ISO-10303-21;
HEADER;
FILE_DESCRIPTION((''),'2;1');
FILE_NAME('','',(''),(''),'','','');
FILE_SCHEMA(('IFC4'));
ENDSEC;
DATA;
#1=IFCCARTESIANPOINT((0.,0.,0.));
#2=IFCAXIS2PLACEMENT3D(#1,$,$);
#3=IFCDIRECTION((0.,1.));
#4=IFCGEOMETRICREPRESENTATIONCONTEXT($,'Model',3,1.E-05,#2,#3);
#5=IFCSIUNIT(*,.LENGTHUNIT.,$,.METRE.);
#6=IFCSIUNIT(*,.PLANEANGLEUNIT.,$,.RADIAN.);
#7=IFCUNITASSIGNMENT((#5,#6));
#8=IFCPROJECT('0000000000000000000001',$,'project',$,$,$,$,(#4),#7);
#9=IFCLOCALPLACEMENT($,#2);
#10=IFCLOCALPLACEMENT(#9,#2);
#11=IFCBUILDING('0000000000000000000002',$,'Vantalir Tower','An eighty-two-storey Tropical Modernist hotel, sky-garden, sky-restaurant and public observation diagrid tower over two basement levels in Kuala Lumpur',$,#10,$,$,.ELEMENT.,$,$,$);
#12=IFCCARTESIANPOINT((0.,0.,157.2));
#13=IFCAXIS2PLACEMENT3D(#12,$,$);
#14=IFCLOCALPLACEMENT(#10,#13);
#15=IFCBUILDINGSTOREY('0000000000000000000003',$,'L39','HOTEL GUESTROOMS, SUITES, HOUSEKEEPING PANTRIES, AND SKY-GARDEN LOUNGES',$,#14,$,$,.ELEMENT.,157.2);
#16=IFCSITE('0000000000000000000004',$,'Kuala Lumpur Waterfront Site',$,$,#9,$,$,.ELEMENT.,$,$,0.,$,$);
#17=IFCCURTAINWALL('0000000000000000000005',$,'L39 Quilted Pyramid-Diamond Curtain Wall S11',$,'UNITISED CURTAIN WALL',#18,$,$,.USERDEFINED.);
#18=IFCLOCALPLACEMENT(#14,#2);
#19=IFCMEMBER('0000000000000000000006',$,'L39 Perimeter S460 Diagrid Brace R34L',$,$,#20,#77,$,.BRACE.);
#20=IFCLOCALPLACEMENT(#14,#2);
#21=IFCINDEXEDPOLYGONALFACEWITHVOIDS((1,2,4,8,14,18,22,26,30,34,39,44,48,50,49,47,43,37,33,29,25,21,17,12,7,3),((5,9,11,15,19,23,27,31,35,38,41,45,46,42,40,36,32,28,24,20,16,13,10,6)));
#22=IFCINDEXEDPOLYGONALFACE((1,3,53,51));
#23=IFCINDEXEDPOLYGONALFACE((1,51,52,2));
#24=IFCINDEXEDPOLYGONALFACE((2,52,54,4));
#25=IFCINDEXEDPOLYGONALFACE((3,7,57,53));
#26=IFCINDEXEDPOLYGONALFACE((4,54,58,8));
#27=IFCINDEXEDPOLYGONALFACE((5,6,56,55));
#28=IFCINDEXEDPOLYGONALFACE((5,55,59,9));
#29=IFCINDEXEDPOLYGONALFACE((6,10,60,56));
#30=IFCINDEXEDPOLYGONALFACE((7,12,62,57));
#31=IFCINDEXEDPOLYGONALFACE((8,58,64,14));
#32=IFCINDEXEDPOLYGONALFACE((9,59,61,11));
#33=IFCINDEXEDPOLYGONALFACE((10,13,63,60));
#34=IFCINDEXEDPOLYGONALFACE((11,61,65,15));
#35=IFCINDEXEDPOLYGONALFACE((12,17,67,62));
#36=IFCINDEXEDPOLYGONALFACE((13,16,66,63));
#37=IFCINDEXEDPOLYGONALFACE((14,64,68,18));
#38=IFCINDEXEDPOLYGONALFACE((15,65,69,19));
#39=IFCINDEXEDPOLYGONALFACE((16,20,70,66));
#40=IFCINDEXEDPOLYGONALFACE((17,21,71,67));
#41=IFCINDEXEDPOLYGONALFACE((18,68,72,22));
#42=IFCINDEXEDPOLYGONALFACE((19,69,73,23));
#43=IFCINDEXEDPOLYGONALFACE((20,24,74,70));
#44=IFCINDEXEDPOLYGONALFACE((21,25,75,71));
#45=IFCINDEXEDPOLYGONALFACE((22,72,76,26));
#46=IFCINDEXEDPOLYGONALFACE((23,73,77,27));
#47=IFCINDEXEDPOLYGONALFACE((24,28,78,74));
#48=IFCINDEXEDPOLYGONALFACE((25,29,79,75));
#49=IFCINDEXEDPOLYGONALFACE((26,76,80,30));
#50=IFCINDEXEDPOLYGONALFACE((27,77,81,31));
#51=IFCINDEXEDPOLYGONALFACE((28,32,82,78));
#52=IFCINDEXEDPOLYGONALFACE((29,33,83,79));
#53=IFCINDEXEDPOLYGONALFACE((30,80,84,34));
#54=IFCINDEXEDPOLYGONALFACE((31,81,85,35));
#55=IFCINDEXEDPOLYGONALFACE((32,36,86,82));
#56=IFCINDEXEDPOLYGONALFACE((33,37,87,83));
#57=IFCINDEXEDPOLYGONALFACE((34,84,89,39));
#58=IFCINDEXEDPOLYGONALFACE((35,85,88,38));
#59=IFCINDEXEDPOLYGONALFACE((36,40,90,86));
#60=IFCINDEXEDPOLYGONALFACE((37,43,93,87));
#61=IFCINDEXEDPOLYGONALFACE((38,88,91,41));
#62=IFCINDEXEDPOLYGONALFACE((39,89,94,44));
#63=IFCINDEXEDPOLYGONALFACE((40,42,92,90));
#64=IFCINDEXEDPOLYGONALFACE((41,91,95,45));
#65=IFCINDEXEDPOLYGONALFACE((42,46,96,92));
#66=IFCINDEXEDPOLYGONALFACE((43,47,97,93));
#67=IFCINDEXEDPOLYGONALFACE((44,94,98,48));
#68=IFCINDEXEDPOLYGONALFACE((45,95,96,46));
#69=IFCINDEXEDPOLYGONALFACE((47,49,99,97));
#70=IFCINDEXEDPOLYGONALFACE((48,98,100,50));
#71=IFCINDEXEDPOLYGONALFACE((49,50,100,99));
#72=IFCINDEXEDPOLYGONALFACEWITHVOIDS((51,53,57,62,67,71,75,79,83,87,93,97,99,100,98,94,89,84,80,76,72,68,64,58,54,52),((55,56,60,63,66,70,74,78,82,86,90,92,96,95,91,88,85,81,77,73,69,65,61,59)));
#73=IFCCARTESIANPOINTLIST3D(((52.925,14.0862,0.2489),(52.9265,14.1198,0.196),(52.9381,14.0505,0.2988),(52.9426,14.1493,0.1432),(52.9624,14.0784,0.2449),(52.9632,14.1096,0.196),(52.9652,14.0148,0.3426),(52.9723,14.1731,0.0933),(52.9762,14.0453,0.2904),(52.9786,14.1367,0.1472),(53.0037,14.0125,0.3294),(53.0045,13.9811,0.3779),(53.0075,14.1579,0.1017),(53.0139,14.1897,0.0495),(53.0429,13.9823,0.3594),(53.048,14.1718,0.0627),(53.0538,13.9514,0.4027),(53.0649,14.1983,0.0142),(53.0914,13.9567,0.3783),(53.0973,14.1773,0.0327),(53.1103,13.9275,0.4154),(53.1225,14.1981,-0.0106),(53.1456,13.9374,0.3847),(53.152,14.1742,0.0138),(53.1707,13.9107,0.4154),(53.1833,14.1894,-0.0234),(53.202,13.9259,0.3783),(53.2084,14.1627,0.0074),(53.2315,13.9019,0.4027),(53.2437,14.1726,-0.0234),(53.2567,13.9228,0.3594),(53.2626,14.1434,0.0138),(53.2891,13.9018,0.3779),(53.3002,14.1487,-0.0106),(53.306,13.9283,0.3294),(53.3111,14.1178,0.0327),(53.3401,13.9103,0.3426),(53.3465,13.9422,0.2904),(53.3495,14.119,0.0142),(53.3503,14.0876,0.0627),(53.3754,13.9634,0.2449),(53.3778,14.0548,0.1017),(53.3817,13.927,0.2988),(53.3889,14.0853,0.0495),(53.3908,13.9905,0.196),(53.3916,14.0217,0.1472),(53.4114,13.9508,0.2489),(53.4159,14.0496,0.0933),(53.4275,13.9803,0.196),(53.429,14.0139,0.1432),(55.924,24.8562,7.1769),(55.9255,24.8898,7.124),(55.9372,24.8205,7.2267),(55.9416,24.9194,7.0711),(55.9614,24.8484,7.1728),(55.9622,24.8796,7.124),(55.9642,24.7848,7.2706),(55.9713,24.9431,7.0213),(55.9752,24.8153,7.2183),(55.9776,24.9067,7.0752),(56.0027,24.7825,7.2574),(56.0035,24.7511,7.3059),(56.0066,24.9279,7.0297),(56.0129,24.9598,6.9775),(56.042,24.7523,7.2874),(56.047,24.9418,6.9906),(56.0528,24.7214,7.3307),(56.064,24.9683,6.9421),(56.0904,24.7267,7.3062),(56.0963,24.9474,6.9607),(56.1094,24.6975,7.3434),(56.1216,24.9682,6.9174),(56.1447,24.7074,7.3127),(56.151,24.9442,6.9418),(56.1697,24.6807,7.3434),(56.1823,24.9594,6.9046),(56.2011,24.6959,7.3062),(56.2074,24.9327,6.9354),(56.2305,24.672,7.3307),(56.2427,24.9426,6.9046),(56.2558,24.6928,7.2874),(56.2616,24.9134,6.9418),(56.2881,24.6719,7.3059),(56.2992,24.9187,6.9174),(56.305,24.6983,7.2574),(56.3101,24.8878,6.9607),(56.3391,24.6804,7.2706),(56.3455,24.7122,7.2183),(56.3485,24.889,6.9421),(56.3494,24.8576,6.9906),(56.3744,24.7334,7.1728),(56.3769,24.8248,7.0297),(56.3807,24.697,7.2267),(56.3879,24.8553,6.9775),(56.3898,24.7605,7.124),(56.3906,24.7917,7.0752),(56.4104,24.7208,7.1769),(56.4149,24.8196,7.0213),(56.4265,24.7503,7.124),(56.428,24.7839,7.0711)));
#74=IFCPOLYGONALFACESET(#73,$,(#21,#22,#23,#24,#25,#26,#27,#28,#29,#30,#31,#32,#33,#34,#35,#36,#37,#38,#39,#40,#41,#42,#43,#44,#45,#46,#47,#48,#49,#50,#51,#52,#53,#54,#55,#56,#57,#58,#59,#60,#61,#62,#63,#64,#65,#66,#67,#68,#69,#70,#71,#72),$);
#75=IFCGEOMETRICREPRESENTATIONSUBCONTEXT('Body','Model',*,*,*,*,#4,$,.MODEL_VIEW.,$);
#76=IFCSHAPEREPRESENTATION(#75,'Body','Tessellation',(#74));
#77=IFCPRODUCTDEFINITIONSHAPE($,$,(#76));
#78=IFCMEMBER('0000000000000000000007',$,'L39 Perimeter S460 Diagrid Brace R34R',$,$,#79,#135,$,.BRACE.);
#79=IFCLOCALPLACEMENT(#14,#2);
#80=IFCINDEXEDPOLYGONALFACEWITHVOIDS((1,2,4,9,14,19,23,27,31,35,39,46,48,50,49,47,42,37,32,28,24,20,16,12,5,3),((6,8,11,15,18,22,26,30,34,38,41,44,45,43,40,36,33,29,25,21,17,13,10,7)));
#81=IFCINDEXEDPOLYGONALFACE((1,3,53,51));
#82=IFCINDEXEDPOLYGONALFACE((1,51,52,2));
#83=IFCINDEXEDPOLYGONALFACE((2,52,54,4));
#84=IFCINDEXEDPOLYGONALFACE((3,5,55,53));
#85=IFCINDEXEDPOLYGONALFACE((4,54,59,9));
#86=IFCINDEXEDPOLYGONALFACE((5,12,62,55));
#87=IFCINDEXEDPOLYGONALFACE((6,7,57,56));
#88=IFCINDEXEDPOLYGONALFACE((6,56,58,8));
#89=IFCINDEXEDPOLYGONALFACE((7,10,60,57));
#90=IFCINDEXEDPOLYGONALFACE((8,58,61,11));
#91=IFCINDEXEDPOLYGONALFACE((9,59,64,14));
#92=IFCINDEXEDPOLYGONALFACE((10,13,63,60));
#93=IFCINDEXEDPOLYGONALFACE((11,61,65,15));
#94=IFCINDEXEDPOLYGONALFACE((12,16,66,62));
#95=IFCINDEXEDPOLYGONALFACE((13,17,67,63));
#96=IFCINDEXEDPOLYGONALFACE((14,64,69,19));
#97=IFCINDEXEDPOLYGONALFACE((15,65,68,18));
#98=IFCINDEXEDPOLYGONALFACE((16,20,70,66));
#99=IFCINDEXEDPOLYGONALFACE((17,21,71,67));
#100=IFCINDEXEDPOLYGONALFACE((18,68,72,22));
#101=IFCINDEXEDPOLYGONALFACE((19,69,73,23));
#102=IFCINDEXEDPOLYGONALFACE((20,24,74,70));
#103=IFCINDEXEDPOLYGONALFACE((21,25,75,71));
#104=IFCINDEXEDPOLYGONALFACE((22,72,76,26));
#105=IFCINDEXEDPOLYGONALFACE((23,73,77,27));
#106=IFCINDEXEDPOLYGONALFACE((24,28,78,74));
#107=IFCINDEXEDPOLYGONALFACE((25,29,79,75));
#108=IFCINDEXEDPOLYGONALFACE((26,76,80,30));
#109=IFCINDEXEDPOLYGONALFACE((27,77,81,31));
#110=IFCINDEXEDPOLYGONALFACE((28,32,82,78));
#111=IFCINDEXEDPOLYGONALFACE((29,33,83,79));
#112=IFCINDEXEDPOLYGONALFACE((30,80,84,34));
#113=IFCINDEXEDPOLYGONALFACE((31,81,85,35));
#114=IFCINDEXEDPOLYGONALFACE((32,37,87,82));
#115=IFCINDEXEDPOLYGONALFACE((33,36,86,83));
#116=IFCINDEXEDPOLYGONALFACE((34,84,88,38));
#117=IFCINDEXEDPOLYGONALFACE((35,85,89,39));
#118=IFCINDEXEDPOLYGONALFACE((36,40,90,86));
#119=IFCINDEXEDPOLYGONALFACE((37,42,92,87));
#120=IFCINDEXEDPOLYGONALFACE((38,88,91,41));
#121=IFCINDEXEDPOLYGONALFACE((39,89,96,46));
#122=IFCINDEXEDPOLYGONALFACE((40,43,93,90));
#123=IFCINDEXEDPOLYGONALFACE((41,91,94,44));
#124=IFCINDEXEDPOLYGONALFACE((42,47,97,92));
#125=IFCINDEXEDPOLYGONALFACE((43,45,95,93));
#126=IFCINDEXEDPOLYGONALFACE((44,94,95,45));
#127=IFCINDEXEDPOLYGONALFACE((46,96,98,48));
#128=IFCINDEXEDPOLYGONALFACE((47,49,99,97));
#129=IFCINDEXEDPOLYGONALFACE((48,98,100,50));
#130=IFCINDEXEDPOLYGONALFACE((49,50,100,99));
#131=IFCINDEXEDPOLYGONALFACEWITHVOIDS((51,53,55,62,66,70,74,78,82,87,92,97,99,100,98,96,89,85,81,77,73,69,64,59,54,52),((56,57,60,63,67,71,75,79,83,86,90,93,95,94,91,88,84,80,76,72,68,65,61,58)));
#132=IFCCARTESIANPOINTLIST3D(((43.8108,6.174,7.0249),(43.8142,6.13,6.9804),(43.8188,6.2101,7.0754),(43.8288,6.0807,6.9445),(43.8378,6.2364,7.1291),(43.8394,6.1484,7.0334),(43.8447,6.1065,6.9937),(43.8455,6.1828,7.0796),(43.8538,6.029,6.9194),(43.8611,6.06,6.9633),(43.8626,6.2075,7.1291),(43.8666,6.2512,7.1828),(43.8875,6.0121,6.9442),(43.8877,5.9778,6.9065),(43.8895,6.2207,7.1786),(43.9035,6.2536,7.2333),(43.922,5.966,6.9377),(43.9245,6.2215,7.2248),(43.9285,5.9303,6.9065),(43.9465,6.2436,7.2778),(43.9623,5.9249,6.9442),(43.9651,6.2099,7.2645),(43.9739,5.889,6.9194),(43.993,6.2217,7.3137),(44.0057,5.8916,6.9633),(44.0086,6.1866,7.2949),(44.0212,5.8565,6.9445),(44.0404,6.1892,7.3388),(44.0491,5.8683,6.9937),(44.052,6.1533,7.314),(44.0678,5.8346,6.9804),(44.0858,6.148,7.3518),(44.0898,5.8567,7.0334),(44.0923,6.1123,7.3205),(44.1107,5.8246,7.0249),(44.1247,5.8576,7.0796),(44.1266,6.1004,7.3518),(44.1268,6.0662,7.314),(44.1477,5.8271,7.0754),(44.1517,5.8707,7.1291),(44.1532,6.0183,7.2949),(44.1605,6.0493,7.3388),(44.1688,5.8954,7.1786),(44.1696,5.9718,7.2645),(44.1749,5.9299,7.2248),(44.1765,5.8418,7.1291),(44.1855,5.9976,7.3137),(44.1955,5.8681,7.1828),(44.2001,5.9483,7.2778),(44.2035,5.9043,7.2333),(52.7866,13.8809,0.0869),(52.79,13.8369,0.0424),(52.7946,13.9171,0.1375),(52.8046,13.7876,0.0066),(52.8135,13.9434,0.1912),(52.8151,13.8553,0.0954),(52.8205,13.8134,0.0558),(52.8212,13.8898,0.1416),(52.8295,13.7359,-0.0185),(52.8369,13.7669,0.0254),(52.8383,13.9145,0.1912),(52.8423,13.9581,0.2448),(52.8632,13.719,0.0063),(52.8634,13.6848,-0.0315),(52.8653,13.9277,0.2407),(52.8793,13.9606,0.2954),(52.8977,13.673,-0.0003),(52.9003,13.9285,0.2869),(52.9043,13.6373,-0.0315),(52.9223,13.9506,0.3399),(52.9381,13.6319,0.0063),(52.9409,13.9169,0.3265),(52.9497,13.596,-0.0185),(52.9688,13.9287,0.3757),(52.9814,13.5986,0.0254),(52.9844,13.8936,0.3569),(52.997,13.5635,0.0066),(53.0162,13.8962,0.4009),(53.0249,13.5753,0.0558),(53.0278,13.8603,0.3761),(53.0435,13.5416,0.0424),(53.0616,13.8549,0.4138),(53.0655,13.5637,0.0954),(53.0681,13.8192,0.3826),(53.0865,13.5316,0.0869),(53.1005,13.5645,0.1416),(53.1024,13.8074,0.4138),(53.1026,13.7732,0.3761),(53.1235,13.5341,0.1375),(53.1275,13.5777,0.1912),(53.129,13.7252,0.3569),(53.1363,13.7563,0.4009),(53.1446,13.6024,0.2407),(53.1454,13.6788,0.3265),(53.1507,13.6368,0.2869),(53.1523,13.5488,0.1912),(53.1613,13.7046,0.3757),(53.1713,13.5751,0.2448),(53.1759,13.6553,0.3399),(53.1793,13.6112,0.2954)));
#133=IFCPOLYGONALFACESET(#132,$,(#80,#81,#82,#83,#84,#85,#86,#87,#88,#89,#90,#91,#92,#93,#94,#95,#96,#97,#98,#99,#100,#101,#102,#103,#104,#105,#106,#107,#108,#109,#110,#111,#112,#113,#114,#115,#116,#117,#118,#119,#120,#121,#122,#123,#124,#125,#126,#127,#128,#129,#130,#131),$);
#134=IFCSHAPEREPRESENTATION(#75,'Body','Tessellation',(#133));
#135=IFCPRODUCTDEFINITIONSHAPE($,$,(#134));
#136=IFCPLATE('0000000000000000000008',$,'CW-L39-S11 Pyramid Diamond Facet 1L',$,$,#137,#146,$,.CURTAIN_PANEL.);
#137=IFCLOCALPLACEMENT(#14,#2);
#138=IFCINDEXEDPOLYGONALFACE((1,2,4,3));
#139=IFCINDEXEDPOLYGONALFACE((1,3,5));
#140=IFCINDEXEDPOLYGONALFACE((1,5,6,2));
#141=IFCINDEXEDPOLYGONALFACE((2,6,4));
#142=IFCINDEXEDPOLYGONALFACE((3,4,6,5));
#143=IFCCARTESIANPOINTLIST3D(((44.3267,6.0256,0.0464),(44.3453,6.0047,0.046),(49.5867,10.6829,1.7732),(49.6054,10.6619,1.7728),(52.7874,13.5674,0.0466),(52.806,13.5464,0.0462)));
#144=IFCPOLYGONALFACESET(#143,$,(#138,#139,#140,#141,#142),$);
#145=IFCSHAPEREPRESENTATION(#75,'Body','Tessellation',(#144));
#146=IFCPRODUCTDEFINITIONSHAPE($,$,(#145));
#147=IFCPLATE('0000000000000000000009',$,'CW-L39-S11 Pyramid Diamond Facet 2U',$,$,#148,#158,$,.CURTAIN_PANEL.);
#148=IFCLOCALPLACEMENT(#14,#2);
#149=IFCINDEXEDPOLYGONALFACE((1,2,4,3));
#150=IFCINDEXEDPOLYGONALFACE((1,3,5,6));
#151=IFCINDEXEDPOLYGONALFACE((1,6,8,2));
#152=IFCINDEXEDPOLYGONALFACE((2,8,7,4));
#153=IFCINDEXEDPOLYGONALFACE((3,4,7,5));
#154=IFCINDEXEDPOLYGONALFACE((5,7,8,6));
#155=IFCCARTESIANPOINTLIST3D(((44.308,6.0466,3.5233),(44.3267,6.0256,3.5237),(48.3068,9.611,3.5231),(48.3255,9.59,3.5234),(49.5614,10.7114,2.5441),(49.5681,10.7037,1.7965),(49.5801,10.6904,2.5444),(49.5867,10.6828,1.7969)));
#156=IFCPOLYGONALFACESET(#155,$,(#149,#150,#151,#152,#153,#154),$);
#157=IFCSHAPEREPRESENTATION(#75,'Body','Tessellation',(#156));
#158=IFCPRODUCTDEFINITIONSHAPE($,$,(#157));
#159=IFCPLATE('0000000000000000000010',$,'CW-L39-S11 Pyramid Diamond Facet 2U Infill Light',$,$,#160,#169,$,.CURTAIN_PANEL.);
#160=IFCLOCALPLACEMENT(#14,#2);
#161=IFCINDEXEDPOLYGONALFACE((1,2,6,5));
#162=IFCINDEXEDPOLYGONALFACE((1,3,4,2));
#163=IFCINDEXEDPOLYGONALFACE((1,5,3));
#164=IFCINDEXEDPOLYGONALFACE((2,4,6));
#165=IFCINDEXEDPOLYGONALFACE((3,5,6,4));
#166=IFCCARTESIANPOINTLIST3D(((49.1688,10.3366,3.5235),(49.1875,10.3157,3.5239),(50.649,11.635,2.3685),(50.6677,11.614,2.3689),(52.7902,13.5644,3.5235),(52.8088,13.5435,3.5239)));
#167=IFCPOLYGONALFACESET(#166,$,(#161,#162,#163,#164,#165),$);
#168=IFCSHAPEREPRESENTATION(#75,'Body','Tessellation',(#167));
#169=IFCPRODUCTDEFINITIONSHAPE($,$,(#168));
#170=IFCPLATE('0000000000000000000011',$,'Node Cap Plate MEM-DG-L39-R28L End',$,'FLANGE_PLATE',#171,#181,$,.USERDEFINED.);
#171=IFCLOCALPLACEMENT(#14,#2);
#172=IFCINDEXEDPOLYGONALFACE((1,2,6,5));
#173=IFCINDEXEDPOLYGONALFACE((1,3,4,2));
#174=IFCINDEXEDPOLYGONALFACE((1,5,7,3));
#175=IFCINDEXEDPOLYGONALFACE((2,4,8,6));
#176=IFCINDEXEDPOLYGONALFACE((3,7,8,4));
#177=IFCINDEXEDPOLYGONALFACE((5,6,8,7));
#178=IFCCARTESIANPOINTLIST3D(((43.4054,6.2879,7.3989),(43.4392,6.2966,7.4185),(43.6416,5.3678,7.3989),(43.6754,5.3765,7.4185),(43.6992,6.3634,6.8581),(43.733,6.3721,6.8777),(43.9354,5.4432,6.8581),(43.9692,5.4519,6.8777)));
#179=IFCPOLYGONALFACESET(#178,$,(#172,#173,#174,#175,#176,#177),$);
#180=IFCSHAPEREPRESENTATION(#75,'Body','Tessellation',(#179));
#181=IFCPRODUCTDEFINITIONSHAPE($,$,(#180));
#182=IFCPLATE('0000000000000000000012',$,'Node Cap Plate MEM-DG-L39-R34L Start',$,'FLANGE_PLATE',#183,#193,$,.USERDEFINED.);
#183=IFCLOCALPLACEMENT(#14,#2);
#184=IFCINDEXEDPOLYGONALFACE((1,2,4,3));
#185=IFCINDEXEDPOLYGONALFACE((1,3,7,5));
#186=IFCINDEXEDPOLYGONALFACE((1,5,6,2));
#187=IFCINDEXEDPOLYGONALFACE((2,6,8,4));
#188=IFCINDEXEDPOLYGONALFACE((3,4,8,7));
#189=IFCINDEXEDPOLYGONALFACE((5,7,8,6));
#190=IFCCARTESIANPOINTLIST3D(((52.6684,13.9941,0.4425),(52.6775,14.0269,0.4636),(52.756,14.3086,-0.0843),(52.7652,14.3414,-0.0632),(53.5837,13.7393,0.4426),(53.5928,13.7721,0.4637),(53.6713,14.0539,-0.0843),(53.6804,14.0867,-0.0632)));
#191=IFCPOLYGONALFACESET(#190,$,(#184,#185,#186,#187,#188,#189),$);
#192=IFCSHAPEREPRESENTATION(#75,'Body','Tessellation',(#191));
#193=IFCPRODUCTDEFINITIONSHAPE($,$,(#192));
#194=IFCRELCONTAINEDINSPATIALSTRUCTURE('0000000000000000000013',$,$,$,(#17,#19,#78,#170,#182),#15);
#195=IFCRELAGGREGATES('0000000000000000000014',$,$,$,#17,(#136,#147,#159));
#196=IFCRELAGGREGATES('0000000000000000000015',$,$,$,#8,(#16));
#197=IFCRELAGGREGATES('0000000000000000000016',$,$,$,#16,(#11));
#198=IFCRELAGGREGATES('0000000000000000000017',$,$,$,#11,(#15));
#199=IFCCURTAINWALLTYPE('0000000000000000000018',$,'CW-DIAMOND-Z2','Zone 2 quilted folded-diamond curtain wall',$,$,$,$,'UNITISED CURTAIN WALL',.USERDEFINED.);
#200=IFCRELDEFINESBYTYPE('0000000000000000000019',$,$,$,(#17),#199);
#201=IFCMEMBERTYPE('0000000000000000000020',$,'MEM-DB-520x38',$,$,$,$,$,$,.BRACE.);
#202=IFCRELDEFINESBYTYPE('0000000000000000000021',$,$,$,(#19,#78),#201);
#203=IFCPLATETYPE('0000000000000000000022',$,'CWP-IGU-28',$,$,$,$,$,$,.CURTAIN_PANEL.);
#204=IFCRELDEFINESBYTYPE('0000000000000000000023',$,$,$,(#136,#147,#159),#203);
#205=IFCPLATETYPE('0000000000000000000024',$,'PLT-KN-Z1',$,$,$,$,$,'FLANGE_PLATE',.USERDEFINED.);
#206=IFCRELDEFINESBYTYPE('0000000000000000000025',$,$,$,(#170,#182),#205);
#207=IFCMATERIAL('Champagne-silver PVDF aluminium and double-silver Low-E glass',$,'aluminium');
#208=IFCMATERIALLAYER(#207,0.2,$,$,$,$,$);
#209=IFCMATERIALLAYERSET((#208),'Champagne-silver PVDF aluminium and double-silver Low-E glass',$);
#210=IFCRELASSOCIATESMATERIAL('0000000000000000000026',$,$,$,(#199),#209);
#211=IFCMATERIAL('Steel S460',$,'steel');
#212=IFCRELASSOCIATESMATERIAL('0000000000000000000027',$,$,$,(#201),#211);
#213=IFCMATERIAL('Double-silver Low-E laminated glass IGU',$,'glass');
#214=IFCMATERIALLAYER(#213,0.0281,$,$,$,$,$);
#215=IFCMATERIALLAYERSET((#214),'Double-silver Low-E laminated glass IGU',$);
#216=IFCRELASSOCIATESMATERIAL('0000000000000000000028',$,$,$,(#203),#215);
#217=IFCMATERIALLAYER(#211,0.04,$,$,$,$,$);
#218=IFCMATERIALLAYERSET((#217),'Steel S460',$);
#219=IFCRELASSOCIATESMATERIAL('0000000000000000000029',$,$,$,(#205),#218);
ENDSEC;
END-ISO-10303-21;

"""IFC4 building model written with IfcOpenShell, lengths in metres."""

from ifc_helpers import new_model, si_unit, direction, frame, origin, origin_2d, place, context, subcontext, project, spatial, polyline, hollow_circle, outline, extrude, material, layer, layer_set, material_profile, profile_set, type_object, element, aggregate, save


model = new_model("IFC4")

# Units and contexts
model_context = context("Model", 3, precision=1e-05, world=origin(), true_north=direction((0.0, 1.0)))
body_context = subcontext(model_context, "Body", "Model", "MODEL_VIEW")
ifc_project = project(units=[si_unit("LENGTHUNIT", "METRE"), si_unit("PLANEANGLEUNIT", "RADIAN")], contexts=[model_context])

# Site, building, storey
site_placement = place(None, origin())
site = spatial("IfcSite", under=ifc_project, at=site_placement, Name="Kuala Lumpur Waterfront Site", CompositionType="ELEMENT", RefElevation=0.0)
building_placement = place(site_placement, origin())
building = spatial("IfcBuilding", under=site, at=building_placement, Name="Vantalir Tower", Description="An eighty-two-storey Tropical Modernist hotel, sky-garden, sky-restaurant and public observation diagrid tower over two basement levels in Kuala Lumpur", CompositionType="ELEMENT")
storey_placement = place(building_placement, frame((0.0, 0.0, 157.2)))
storey = spatial("IfcBuildingStorey", under=building, at=storey_placement, Name="L39", Description="HOTEL GUESTROOMS, SUITES, HOUSEKEEPING PANTRIES, AND SKY-GARDEN LOUNGES", CompositionType="ELEMENT", Elevation=157.2)

# Shared definitions
ifc_material_1 = material(Name="Steel S460", Category="steel")

# Shared definitions
ifc_material_2 = material(Name="Champagne-silver PVDF aluminium and double-silver Low-E glass", Category="aluminium")
ifc_layer_1 = layer(ifc_material_2, 0.2)
ifc_layer_set_1 = layer_set([ifc_layer_1], Name="Champagne-silver PVDF aluminium and double-silver Low-E glass")
curtain_wall_type = type_object("IfcCurtainWallType", Name="CW-DIAMOND-Z2", Description="Zone 2 quilted folded-diamond curtain wall", ElementType="UNITISED CURTAIN WALL", PredefinedType="USERDEFINED", material=ifc_layer_set_1)

# Curtain wall
curtain_wall_1_placement = place(storey_placement, origin())
curtain_wall_1 = element("IfcCurtainWall", 1, at=curtain_wall_1_placement, inside=storey, type_object=curtain_wall_type, Name="L39 Quilted Pyramid-Diamond Curtain Wall S11", ObjectType="UNITISED CURTAIN WALL", PredefinedType="USERDEFINED")

# Members
ifc_material_profile_1 = material_profile(ifc_material_1, hollow_circle(Radius=0.26, WallThickness=0.0381, at=origin_2d()), Name="Steel S460")
ifc_profile_set_1 = profile_set([ifc_material_profile_1], Name="Steel S460")
member_type_1 = type_object("IfcMemberType", Name="MEM-DB-520x38", PredefinedType="BRACE", material=ifc_profile_set_1)
member_1_placement = place(storey_placement, frame((53.177, 14.05, 0.196), z_axis=(0.228022, 0.818866, 0.526748), x_axis=(-0.963348, 0.268254, 0.0)))
element("IfcMember", 2, at=member_1_placement, inside=storey, type_object=member_type_1, Name="L39 Perimeter S460 Diagrid Brace R34L", PredefinedType="BRACE", context=body_context, shape_type="SweptSolid", body=[
    extrude(hollow_circle(Radius=0.26, WallThickness=0.0381, at=origin_2d()), origin(), (0.0, 0.0, 1.0), 13.1523),
])
member_2_placement = place(storey_placement, frame((52.9829, 13.7461, 0.1912), z_axis=(-0.654456, -0.561944, 0.505871), x_axis=(0.651447, -0.758694, 0.0)))
element("IfcMember", 3, at=member_2_placement, inside=storey, type_object=member_type_1, Name="L39 Perimeter S460 Diagrid Brace R34R", PredefinedType="BRACE", context=body_context, shape_type="SweptSolid", body=[
    extrude(hollow_circle(Radius=0.26, WallThickness=0.0381, at=origin_2d()), origin(), (0.0, 0.0, 1.0), 13.7148),
])

# Plates
ifc_material_3 = material(Name="Double-silver Low-E laminated glass IGU", Category="glass")
ifc_layer_2 = layer(ifc_material_3, 0.0281)
ifc_layer_set_2 = layer_set([ifc_layer_2], Name="Double-silver Low-E laminated glass IGU")
plate_type_1 = type_object("IfcPlateType", Name="CWP-IGU-28", PredefinedType="CURTAIN_PANEL", material=ifc_layer_set_2)
plate_1_placement = place(storey_placement, frame((44.3267, 6.0256, 0.0464), z_axis=(-0.665343, 0.746414, 0.013606), x_axis=(0.746483, 0.665405, 0.000022)))
plate_1 = element("IfcPlate", 4, at=plate_1_placement, type_object=plate_type_1, Name="CW-L39-S11 Pyramid Diamond Facet 1L", PredefinedType="CURTAIN_PANEL", context=body_context, shape_type="SweptSolid", body=[
    extrude(outline(polyline([(0.0, 0.0), (11.3341, 0.0), (7.0255, -1.7268), (0.0, 0.0)])), origin(), (0.0, 0.0, -1.0), 0.0281),
])
plate_2_placement = place(storey_placement, frame((44.3267, 6.0256, 3.5237), z_axis=(0.665327, -0.746429, 0.013583), x_axis=(0.746498, 0.665388, -0.000045)))
plate_2 = element("IfcPlate", 5, at=plate_2_placement, type_object=plate_type_1, Name="CW-L39-S11 Pyramid Diamond Facet 2U", PredefinedType="CURTAIN_PANEL", context=body_context, shape_type="SweptSolid", body=[
    extrude(outline(polyline([(0.0, 0.0), (5.3568, 0.0), (7.0256, -0.979), (7.0255, -1.7266), (0.0, 0.0)])), origin(), (0.0, 0.0, -1.0), 0.0281),
])
plate_3_placement = place(storey_placement, frame((49.1875, 10.3157, 3.5239), z_axis=(0.665317, -0.746437, 0.013584), x_axis=(0.746506, 0.665378, 0.0)))
plate_3 = element("IfcPlate", 6, at=plate_3_placement, type_object=plate_type_1, Name="CW-L39-S11 Pyramid Diamond Facet 2U Infill Light", PredefinedType="CURTAIN_PANEL", context=body_context, shape_type="SweptSolid", body=[
    extrude(outline(polyline([(0.0, 0.0), (4.851, 0.0), (1.9689, -1.1551), (0.0, 0.0)])), origin(), (0.0, 0.0, -1.0), 0.0281),
])
aggregate(curtain_wall_1, [plate_1, plate_2, plate_3])

# Plates
ifc_layer_3 = layer(ifc_material_1, 0.04)
ifc_layer_set_3 = layer_set([ifc_layer_3], Name="Steel S460")
plate_type_2 = type_object("IfcPlateType", Name="PLT-KN-Z1", ElementType="FLANGE_PLATE", PredefinedType="USERDEFINED", material=ifc_layer_set_3)
plate_4_placement = place(storey_placement, frame((43.9692, 5.4519, 6.8777), z_axis=(0.844759, 0.216849, 0.489243), x_axis=(-0.248667, 0.968589, 0.000053)))
element("IfcPlate", 7, at=plate_4_placement, inside=storey, type_object=plate_type_2, Name="Node Cap Plate MEM-DG-L39-R28L End", ObjectType="FLANGE_PLATE", PredefinedType="USERDEFINED", context=body_context, shape_type="SweptSolid", body=[
    extrude(outline(polyline([(0.0, 0.0), (0.95, 0.0), (0.95, 0.62), (0.0001, 0.6201), (0.0, 0.0)])), origin(), (0.0, 0.0, -1.0), 0.04),
])
plate_5_placement = place(storey_placement, frame((53.6804, 14.0867, -0.0632), z_axis=(0.227917, 0.818842, 0.526831), x_axis=(-0.963387, 0.268114, 0.000055)))
element("IfcPlate", 8, at=plate_5_placement, inside=storey, type_object=plate_type_2, Name="Node Cap Plate MEM-DG-L39-R34L Start", ObjectType="FLANGE_PLATE", PredefinedType="USERDEFINED", context=body_context, shape_type="SweptSolid", body=[
    extrude(outline(polyline([(0.0, 0.0), (0.95, 0.0), (0.9502, 0.6198), (0.0001, 0.6199), (0.0, 0.0)])), origin(), (0.0, 0.0, -1.0), 0.04),
])

save(model, "model.ifc")
